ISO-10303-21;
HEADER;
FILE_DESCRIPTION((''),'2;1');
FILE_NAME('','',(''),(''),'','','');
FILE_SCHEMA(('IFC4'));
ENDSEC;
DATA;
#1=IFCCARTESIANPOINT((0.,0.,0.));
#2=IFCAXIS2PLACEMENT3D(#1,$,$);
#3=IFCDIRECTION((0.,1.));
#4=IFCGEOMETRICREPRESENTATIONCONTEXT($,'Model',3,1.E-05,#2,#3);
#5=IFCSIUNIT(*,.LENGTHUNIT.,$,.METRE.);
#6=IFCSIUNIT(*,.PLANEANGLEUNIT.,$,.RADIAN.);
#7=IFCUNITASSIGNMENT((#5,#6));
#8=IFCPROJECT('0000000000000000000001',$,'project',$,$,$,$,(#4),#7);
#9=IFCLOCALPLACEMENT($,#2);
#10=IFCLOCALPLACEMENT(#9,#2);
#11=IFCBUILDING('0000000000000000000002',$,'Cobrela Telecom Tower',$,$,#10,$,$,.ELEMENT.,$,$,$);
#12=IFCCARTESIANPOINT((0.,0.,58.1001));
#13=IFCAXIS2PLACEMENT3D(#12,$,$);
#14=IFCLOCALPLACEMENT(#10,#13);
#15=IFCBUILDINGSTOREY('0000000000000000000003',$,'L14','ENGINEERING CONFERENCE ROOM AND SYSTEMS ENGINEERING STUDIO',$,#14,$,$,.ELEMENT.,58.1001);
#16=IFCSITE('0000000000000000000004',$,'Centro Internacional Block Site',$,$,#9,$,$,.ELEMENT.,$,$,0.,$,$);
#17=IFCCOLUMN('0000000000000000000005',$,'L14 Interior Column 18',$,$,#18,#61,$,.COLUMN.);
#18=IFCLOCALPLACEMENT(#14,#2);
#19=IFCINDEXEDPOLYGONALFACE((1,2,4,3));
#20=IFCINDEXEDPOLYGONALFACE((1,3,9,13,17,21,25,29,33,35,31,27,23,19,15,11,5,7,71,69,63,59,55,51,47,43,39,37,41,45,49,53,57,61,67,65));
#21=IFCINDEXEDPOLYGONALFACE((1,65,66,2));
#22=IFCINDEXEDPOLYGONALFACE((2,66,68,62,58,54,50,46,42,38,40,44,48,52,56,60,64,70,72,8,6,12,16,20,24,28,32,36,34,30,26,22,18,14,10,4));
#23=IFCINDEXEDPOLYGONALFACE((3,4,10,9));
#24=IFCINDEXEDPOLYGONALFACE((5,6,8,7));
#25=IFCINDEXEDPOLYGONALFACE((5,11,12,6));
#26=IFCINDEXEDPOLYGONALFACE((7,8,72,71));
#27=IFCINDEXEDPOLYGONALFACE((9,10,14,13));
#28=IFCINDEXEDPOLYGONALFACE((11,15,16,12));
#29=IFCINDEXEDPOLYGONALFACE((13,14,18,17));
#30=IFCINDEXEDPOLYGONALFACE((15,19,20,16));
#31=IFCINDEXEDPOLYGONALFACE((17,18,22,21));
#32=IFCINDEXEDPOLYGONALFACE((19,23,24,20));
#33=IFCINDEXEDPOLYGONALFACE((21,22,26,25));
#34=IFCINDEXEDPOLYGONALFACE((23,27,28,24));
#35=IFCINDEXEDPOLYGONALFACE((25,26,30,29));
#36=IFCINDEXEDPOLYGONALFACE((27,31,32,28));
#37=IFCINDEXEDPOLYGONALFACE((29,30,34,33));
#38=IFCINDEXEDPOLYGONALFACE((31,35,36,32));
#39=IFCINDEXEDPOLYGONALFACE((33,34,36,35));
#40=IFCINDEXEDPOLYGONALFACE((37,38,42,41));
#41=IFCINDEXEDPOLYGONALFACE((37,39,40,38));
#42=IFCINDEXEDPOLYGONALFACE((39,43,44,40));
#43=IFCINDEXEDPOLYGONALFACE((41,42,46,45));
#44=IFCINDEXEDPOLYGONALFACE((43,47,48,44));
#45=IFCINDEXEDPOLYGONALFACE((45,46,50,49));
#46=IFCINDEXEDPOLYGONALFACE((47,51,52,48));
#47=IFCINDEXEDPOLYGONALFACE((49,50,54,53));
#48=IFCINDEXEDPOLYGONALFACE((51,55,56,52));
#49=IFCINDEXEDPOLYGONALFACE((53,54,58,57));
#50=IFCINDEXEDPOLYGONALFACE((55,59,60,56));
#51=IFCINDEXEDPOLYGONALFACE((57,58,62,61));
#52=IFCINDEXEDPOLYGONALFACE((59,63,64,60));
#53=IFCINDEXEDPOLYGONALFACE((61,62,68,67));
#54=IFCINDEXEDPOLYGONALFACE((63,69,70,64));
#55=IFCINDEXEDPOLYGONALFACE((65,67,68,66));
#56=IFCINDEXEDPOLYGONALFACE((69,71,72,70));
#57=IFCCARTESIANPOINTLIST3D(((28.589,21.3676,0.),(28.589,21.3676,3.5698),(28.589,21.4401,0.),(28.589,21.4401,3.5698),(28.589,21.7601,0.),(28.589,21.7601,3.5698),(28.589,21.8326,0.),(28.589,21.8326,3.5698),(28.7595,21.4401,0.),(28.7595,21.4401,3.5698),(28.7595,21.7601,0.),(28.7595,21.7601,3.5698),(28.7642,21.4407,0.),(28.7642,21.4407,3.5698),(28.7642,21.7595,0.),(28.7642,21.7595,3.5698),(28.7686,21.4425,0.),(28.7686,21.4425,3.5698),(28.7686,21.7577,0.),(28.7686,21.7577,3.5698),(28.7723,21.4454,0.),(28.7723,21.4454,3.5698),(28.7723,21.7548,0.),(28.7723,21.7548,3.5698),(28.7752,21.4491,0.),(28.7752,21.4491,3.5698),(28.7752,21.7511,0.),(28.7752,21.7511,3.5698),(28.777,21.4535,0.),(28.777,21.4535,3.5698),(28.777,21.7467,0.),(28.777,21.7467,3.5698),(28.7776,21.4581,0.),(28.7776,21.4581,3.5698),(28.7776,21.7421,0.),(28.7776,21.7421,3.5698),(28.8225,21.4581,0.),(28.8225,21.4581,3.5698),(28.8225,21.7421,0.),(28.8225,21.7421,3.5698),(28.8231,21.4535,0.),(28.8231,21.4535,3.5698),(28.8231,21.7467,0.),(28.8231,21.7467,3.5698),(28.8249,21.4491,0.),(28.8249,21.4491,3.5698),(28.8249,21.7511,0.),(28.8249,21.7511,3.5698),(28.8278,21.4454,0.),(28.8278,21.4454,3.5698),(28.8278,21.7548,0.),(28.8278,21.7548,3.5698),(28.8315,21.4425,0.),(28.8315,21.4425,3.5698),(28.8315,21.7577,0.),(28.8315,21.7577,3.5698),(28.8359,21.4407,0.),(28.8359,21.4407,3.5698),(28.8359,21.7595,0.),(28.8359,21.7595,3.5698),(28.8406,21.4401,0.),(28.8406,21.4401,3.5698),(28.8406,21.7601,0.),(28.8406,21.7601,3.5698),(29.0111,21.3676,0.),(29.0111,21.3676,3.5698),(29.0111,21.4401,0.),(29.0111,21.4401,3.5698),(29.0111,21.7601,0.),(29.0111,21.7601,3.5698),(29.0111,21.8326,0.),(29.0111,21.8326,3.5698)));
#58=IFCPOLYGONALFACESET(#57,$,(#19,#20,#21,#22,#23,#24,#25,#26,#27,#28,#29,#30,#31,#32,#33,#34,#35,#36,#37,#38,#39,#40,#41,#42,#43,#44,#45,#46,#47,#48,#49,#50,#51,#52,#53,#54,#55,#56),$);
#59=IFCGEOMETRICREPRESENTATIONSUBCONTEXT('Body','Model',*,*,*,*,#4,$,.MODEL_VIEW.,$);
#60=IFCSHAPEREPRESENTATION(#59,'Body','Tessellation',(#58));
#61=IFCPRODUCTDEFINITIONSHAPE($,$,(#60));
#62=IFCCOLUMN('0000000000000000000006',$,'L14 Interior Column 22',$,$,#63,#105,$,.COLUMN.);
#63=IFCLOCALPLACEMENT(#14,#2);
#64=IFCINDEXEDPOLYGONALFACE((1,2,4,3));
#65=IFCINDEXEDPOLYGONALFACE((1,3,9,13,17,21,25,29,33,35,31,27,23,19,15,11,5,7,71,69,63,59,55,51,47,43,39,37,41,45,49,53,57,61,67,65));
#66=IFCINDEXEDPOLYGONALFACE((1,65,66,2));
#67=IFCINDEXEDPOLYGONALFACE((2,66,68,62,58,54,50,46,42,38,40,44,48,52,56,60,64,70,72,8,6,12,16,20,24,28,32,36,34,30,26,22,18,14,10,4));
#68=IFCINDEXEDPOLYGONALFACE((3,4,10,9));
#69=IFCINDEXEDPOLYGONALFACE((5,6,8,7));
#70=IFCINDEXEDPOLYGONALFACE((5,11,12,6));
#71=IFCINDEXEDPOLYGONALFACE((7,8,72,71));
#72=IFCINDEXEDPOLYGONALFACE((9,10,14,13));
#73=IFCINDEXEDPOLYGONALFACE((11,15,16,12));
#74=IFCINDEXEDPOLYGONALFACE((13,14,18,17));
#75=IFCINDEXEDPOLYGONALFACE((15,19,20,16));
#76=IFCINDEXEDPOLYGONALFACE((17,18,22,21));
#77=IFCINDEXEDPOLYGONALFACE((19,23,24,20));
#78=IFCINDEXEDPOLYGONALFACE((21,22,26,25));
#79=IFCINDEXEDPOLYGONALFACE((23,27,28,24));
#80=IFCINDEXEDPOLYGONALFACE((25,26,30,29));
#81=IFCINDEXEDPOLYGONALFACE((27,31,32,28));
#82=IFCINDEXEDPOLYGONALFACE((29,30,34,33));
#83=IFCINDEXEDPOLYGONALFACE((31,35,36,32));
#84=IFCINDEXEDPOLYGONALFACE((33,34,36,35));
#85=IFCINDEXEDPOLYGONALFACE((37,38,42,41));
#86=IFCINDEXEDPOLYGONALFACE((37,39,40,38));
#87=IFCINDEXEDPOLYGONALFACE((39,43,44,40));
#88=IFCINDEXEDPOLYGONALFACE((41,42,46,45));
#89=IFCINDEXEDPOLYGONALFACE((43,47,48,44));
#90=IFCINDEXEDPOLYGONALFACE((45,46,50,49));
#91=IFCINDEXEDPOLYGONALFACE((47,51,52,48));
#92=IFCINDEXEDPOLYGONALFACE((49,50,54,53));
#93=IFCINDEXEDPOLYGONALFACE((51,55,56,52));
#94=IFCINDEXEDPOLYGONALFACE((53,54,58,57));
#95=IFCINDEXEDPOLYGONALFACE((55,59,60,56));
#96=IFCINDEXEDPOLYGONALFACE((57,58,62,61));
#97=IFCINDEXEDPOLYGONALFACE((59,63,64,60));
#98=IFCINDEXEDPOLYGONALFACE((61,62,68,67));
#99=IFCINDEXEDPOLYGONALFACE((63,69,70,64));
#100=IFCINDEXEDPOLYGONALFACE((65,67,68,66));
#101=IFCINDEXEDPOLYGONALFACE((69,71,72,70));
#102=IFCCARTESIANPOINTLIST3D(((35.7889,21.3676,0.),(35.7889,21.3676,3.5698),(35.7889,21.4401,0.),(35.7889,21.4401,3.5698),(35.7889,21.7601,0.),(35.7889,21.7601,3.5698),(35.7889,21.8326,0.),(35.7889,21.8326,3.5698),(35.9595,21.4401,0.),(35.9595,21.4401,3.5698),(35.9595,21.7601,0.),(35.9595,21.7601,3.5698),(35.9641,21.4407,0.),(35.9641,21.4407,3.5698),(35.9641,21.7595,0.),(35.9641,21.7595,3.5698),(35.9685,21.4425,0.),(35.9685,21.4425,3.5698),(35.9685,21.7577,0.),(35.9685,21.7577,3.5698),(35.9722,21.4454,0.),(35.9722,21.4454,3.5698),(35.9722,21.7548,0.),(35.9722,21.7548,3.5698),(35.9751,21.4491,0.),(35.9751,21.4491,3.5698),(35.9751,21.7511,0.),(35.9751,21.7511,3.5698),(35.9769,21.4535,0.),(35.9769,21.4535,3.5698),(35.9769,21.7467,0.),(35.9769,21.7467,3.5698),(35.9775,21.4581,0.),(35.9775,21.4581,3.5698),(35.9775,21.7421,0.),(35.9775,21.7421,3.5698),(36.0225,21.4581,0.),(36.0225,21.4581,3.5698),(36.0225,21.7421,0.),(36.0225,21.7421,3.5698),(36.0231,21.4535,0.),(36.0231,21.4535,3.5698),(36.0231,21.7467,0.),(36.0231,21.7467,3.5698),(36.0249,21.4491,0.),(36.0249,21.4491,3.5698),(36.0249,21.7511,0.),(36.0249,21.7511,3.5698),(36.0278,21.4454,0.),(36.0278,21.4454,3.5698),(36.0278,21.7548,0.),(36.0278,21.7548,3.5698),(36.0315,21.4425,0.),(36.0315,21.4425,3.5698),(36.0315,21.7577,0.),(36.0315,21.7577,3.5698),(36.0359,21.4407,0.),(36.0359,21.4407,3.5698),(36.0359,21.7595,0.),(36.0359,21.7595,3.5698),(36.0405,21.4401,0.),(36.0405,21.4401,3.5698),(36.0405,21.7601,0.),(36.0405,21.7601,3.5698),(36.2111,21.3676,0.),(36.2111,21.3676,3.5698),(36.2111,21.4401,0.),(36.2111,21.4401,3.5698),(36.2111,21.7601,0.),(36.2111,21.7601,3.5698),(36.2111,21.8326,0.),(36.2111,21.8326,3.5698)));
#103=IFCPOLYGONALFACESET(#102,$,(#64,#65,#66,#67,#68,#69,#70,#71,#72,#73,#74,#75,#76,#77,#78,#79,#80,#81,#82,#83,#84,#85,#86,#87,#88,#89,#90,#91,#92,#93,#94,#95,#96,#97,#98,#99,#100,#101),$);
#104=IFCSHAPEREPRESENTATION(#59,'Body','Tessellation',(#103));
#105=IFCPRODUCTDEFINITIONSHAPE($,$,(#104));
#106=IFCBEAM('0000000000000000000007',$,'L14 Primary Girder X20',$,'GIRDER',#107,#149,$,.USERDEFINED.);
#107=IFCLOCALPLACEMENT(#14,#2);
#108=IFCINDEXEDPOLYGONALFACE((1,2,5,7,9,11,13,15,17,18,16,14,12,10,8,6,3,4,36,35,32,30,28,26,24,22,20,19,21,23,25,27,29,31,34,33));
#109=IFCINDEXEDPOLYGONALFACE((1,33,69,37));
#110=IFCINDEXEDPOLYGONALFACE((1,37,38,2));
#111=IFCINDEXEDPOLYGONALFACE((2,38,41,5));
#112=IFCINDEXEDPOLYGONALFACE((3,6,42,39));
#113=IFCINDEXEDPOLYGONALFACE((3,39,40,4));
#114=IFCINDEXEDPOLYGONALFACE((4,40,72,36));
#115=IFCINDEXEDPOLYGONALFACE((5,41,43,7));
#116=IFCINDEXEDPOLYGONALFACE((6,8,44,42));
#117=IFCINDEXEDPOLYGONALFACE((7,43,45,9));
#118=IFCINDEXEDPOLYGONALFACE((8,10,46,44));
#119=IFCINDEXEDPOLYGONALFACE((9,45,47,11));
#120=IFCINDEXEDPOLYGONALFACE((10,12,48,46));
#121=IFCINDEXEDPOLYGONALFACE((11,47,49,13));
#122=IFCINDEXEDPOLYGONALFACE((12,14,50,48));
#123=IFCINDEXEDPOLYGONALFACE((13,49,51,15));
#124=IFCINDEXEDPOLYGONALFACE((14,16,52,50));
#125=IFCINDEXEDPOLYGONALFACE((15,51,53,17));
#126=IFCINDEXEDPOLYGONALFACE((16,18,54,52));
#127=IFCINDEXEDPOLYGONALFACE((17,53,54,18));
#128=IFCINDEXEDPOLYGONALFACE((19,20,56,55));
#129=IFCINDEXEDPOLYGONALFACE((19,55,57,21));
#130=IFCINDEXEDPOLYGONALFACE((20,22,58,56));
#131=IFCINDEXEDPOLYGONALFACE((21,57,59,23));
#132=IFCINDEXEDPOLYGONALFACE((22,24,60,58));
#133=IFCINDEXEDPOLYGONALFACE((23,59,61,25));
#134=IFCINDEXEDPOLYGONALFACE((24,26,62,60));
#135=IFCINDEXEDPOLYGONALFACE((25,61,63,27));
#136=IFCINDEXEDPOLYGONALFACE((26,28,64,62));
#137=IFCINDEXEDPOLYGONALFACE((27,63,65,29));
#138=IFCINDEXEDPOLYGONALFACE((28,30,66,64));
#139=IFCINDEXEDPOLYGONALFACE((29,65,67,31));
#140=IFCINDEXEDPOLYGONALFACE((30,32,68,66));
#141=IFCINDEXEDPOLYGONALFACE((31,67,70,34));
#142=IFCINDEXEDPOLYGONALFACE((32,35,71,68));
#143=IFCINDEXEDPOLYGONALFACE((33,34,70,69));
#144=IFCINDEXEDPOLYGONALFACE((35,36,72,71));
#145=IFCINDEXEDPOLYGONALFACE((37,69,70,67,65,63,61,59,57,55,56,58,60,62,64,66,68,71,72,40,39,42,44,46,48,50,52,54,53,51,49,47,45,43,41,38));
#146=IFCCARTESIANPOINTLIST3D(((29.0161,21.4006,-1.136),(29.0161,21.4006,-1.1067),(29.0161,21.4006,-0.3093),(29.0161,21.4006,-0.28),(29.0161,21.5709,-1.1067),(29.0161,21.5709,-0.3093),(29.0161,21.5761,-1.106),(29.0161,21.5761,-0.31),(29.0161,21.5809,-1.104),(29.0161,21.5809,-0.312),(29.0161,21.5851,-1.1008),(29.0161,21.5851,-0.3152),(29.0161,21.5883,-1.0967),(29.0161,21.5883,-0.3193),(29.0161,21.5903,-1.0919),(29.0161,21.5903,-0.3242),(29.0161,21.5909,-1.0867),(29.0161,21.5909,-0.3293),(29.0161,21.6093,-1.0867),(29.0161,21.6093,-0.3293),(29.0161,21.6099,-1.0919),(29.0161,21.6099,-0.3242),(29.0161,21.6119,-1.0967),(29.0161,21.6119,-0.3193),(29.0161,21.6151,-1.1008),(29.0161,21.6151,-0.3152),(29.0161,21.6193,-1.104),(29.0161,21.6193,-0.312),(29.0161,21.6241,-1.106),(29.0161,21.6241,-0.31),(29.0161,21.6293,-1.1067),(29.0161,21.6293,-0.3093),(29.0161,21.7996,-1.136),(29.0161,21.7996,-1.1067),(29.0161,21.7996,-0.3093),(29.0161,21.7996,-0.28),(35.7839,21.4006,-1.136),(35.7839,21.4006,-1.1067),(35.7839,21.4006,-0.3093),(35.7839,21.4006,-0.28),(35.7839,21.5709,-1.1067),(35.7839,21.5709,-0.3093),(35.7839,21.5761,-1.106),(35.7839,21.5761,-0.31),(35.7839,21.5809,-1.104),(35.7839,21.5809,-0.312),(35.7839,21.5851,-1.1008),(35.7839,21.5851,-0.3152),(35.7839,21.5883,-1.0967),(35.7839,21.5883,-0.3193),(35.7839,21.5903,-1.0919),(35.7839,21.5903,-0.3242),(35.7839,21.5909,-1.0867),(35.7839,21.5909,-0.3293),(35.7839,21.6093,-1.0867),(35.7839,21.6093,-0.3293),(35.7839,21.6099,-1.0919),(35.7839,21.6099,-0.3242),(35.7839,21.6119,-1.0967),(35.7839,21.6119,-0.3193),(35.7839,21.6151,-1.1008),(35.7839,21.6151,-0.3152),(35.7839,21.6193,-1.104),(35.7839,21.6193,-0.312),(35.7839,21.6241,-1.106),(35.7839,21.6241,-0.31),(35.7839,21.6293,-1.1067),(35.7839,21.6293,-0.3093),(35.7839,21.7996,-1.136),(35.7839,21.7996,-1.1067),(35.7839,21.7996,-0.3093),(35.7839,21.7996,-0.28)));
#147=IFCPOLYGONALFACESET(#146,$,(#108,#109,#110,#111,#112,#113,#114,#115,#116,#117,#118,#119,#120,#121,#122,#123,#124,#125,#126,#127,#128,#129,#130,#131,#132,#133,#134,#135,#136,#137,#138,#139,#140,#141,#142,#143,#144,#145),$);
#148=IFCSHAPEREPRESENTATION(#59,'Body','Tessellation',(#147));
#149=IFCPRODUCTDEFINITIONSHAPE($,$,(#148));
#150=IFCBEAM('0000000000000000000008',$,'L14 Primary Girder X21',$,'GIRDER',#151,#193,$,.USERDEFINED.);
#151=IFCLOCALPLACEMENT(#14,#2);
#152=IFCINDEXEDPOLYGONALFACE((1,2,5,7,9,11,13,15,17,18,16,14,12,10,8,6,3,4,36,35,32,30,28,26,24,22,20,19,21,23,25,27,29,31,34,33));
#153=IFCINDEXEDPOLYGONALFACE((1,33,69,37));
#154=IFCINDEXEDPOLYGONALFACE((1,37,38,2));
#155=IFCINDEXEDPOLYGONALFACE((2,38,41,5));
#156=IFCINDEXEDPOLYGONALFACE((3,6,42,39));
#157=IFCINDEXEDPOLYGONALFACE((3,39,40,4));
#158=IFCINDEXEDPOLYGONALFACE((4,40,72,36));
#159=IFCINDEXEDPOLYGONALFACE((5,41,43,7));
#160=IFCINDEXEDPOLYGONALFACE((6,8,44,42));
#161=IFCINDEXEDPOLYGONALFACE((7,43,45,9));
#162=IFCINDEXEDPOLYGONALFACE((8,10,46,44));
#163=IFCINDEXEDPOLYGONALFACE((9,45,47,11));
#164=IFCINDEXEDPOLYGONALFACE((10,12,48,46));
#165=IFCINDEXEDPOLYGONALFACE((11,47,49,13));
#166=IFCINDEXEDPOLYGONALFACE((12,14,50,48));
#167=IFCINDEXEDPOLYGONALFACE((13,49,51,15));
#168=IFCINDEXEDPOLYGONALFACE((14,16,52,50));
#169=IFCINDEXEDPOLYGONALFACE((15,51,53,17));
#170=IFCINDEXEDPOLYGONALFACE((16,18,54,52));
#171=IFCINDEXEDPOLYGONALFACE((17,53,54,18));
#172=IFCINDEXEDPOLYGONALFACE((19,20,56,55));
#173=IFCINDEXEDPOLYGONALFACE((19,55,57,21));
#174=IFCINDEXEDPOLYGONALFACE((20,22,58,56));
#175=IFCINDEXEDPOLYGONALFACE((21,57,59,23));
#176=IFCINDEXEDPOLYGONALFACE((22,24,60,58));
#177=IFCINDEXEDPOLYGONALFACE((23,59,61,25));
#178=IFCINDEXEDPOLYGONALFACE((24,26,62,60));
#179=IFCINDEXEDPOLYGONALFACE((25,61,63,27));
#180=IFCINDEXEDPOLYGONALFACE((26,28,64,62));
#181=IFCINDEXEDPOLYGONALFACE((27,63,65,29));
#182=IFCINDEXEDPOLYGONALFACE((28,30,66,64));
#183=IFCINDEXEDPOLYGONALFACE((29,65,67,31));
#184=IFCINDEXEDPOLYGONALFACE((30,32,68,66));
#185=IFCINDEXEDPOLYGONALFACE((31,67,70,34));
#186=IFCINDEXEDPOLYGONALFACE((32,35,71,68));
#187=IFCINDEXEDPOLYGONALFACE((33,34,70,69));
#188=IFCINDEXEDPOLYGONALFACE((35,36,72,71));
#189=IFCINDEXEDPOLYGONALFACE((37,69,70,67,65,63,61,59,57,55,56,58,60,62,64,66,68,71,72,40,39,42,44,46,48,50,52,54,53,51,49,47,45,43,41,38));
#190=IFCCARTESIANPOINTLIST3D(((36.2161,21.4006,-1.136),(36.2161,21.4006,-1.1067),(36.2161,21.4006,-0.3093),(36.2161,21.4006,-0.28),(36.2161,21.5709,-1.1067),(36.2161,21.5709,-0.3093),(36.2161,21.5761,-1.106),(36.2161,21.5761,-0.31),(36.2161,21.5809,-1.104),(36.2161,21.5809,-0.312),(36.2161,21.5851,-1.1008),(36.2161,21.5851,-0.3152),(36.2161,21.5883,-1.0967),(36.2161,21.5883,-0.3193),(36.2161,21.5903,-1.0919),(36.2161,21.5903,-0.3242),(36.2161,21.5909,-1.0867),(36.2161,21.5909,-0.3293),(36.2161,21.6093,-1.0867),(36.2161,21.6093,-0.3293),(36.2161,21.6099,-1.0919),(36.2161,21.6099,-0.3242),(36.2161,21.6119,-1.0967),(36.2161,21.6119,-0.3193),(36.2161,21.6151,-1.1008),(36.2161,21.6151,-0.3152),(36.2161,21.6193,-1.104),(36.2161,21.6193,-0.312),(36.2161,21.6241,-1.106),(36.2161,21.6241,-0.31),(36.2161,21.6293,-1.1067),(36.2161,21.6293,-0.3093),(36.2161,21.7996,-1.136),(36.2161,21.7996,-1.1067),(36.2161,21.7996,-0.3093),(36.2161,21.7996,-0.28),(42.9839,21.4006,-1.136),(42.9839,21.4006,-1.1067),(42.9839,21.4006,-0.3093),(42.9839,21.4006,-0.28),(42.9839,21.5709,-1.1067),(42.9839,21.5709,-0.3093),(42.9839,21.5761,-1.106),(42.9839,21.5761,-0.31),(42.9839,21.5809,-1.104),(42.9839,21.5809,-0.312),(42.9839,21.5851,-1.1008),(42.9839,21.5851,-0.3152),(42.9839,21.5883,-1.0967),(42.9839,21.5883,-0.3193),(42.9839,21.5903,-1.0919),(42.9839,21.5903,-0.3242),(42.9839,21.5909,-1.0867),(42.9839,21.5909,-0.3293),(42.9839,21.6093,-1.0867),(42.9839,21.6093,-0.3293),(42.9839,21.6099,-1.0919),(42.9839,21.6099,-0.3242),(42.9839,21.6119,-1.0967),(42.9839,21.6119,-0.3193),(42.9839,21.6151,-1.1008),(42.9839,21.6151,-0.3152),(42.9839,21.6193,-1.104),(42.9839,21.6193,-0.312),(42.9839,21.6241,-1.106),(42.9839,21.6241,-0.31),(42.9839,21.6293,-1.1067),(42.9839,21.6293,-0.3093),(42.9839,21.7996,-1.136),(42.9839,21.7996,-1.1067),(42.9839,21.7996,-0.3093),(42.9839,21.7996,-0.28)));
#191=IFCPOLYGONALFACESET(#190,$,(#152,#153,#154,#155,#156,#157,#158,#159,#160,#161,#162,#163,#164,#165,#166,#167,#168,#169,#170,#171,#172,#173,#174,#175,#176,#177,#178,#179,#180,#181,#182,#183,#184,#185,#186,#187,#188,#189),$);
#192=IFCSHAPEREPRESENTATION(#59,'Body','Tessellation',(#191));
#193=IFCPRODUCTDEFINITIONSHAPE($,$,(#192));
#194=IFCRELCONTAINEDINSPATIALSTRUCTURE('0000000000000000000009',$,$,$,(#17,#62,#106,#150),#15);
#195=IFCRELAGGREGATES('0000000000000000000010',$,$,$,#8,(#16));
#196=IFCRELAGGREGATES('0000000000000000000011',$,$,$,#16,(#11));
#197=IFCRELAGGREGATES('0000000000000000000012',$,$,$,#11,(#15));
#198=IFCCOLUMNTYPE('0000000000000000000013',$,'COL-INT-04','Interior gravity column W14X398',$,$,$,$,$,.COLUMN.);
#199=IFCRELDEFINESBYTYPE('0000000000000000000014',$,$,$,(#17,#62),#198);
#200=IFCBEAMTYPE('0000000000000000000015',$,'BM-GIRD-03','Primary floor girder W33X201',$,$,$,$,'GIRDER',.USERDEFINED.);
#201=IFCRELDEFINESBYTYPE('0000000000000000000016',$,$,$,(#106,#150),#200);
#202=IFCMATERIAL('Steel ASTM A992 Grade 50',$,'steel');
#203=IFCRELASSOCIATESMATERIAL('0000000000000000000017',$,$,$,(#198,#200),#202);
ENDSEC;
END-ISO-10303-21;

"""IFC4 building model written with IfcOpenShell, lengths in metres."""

from ifc_helpers import new_model, si_unit, direction, frame, origin, origin_2d, place, context, subcontext, project, spatial, i_section, extrude, material, material_profile, profile_set, type_object, element, save


model = new_model("IFC4")

# Units and contexts
model_context = context("Model", 3, precision=1e-05, world=origin(), true_north=direction((0.0, 1.0)))
body_context = subcontext(model_context, "Body", "Model", "MODEL_VIEW")
ifc_project = project(units=[si_unit("LENGTHUNIT", "METRE"), si_unit("PLANEANGLEUNIT", "RADIAN")], contexts=[model_context])

# Site, building, storey
site_placement = place(None, origin())
site = spatial("IfcSite", under=ifc_project, at=site_placement, Name="Centro Internacional Block Site", CompositionType="ELEMENT", RefElevation=0.0)
building_placement = place(site_placement, origin())
building = spatial("IfcBuilding", under=site, at=building_placement, Name="Cobrela Telecom Tower", CompositionType="ELEMENT")
storey_placement = place(building_placement, frame((0.0, 0.0, 58.1001)))
storey = spatial("IfcBuildingStorey", under=building, at=storey_placement, Name="L14", Description="ENGINEERING CONFERENCE ROOM AND SYSTEMS ENGINEERING STUDIO", CompositionType="ELEMENT", Elevation=58.1001)

# Columns
ifc_material_1 = material(Name="Steel ASTM A992 Grade 50", Category="steel")
ifc_material_profile_1 = material_profile(ifc_material_1, i_section(OverallWidth=0.4221, OverallDepth=0.4651, WebThickness=0.0449, FlangeThickness=0.0725, FilletRadius=0.0181, at=origin_2d()), Name="W14X398")
ifc_profile_set_1 = profile_set([ifc_material_profile_1], Name="Steel ASTM A992 Grade 50")
column_type = type_object("IfcColumnType", Name="COL-INT-04", Description="Interior gravity column W14X398", PredefinedType="COLUMN", material=ifc_profile_set_1)
for number, where, z_axis, x_axis, name in (
    (1, (28.8, 21.6001, 0.0), (0.0, 0.0, 1.0), (1.0, 0.0, 0.0), "L14 Interior Column 18"),
    (2, (36.0, 21.6001, 0.0), (0.0, 0.0, 1.0), (1.0, 0.0, 0.0), "L14 Interior Column 22"),
):
    element("IfcColumn", number, at=place(storey_placement, frame(where, z_axis=z_axis, x_axis=x_axis)), inside=storey, type_object=column_type, Name=name, PredefinedType="COLUMN", context=body_context, shape_type="SweptSolid", body=[
        extrude(i_section(OverallWidth=0.4221, OverallDepth=0.4651, WebThickness=0.0449, FlangeThickness=0.0725, FilletRadius=0.0181, at=origin_2d()), origin(), (0.0, 0.0, 1.0), 3.5698),
    ])

# Beams
ifc_material_profile_2 = material_profile(ifc_material_1, i_section(OverallWidth=0.3989, OverallDepth=0.856, WebThickness=0.0183, FlangeThickness=0.0293, FilletRadius=0.02, at=origin_2d()), Name="W33X201")
ifc_profile_set_2 = profile_set([ifc_material_profile_2], Name="Steel ASTM A992 Grade 50")
beam_type_1 = type_object("IfcBeamType", Name="BM-GIRD-03", Description="Primary floor girder W33X201", ElementType="GIRDER", PredefinedType="USERDEFINED", material=ifc_profile_set_2)
for number, where, z_axis, x_axis, name in (
    (3, (29.0161, 21.6001, -0.708), (1.0, 0.0, 0.0), (0.0, 1.0, 0.0), "L14 Primary Girder X20"),
    (4, (36.2161, 21.6001, -0.708), (1.0, 0.0, 0.0), (0.0, 1.0, 0.0), "L14 Primary Girder X21"),
):
    element("IfcBeam", number, at=place(storey_placement, frame(where, z_axis=z_axis, x_axis=x_axis)), inside=storey, type_object=beam_type_1, Name=name, ObjectType="GIRDER", PredefinedType="USERDEFINED", context=body_context, shape_type="SweptSolid", body=[
        extrude(i_section(OverallWidth=0.3989, OverallDepth=0.856, WebThickness=0.0183, FlangeThickness=0.0293, FilletRadius=0.02, at=origin_2d()), origin(), (0.0, 0.0, 1.0), 6.7678),
    ])

save(model, "model.ifc")
